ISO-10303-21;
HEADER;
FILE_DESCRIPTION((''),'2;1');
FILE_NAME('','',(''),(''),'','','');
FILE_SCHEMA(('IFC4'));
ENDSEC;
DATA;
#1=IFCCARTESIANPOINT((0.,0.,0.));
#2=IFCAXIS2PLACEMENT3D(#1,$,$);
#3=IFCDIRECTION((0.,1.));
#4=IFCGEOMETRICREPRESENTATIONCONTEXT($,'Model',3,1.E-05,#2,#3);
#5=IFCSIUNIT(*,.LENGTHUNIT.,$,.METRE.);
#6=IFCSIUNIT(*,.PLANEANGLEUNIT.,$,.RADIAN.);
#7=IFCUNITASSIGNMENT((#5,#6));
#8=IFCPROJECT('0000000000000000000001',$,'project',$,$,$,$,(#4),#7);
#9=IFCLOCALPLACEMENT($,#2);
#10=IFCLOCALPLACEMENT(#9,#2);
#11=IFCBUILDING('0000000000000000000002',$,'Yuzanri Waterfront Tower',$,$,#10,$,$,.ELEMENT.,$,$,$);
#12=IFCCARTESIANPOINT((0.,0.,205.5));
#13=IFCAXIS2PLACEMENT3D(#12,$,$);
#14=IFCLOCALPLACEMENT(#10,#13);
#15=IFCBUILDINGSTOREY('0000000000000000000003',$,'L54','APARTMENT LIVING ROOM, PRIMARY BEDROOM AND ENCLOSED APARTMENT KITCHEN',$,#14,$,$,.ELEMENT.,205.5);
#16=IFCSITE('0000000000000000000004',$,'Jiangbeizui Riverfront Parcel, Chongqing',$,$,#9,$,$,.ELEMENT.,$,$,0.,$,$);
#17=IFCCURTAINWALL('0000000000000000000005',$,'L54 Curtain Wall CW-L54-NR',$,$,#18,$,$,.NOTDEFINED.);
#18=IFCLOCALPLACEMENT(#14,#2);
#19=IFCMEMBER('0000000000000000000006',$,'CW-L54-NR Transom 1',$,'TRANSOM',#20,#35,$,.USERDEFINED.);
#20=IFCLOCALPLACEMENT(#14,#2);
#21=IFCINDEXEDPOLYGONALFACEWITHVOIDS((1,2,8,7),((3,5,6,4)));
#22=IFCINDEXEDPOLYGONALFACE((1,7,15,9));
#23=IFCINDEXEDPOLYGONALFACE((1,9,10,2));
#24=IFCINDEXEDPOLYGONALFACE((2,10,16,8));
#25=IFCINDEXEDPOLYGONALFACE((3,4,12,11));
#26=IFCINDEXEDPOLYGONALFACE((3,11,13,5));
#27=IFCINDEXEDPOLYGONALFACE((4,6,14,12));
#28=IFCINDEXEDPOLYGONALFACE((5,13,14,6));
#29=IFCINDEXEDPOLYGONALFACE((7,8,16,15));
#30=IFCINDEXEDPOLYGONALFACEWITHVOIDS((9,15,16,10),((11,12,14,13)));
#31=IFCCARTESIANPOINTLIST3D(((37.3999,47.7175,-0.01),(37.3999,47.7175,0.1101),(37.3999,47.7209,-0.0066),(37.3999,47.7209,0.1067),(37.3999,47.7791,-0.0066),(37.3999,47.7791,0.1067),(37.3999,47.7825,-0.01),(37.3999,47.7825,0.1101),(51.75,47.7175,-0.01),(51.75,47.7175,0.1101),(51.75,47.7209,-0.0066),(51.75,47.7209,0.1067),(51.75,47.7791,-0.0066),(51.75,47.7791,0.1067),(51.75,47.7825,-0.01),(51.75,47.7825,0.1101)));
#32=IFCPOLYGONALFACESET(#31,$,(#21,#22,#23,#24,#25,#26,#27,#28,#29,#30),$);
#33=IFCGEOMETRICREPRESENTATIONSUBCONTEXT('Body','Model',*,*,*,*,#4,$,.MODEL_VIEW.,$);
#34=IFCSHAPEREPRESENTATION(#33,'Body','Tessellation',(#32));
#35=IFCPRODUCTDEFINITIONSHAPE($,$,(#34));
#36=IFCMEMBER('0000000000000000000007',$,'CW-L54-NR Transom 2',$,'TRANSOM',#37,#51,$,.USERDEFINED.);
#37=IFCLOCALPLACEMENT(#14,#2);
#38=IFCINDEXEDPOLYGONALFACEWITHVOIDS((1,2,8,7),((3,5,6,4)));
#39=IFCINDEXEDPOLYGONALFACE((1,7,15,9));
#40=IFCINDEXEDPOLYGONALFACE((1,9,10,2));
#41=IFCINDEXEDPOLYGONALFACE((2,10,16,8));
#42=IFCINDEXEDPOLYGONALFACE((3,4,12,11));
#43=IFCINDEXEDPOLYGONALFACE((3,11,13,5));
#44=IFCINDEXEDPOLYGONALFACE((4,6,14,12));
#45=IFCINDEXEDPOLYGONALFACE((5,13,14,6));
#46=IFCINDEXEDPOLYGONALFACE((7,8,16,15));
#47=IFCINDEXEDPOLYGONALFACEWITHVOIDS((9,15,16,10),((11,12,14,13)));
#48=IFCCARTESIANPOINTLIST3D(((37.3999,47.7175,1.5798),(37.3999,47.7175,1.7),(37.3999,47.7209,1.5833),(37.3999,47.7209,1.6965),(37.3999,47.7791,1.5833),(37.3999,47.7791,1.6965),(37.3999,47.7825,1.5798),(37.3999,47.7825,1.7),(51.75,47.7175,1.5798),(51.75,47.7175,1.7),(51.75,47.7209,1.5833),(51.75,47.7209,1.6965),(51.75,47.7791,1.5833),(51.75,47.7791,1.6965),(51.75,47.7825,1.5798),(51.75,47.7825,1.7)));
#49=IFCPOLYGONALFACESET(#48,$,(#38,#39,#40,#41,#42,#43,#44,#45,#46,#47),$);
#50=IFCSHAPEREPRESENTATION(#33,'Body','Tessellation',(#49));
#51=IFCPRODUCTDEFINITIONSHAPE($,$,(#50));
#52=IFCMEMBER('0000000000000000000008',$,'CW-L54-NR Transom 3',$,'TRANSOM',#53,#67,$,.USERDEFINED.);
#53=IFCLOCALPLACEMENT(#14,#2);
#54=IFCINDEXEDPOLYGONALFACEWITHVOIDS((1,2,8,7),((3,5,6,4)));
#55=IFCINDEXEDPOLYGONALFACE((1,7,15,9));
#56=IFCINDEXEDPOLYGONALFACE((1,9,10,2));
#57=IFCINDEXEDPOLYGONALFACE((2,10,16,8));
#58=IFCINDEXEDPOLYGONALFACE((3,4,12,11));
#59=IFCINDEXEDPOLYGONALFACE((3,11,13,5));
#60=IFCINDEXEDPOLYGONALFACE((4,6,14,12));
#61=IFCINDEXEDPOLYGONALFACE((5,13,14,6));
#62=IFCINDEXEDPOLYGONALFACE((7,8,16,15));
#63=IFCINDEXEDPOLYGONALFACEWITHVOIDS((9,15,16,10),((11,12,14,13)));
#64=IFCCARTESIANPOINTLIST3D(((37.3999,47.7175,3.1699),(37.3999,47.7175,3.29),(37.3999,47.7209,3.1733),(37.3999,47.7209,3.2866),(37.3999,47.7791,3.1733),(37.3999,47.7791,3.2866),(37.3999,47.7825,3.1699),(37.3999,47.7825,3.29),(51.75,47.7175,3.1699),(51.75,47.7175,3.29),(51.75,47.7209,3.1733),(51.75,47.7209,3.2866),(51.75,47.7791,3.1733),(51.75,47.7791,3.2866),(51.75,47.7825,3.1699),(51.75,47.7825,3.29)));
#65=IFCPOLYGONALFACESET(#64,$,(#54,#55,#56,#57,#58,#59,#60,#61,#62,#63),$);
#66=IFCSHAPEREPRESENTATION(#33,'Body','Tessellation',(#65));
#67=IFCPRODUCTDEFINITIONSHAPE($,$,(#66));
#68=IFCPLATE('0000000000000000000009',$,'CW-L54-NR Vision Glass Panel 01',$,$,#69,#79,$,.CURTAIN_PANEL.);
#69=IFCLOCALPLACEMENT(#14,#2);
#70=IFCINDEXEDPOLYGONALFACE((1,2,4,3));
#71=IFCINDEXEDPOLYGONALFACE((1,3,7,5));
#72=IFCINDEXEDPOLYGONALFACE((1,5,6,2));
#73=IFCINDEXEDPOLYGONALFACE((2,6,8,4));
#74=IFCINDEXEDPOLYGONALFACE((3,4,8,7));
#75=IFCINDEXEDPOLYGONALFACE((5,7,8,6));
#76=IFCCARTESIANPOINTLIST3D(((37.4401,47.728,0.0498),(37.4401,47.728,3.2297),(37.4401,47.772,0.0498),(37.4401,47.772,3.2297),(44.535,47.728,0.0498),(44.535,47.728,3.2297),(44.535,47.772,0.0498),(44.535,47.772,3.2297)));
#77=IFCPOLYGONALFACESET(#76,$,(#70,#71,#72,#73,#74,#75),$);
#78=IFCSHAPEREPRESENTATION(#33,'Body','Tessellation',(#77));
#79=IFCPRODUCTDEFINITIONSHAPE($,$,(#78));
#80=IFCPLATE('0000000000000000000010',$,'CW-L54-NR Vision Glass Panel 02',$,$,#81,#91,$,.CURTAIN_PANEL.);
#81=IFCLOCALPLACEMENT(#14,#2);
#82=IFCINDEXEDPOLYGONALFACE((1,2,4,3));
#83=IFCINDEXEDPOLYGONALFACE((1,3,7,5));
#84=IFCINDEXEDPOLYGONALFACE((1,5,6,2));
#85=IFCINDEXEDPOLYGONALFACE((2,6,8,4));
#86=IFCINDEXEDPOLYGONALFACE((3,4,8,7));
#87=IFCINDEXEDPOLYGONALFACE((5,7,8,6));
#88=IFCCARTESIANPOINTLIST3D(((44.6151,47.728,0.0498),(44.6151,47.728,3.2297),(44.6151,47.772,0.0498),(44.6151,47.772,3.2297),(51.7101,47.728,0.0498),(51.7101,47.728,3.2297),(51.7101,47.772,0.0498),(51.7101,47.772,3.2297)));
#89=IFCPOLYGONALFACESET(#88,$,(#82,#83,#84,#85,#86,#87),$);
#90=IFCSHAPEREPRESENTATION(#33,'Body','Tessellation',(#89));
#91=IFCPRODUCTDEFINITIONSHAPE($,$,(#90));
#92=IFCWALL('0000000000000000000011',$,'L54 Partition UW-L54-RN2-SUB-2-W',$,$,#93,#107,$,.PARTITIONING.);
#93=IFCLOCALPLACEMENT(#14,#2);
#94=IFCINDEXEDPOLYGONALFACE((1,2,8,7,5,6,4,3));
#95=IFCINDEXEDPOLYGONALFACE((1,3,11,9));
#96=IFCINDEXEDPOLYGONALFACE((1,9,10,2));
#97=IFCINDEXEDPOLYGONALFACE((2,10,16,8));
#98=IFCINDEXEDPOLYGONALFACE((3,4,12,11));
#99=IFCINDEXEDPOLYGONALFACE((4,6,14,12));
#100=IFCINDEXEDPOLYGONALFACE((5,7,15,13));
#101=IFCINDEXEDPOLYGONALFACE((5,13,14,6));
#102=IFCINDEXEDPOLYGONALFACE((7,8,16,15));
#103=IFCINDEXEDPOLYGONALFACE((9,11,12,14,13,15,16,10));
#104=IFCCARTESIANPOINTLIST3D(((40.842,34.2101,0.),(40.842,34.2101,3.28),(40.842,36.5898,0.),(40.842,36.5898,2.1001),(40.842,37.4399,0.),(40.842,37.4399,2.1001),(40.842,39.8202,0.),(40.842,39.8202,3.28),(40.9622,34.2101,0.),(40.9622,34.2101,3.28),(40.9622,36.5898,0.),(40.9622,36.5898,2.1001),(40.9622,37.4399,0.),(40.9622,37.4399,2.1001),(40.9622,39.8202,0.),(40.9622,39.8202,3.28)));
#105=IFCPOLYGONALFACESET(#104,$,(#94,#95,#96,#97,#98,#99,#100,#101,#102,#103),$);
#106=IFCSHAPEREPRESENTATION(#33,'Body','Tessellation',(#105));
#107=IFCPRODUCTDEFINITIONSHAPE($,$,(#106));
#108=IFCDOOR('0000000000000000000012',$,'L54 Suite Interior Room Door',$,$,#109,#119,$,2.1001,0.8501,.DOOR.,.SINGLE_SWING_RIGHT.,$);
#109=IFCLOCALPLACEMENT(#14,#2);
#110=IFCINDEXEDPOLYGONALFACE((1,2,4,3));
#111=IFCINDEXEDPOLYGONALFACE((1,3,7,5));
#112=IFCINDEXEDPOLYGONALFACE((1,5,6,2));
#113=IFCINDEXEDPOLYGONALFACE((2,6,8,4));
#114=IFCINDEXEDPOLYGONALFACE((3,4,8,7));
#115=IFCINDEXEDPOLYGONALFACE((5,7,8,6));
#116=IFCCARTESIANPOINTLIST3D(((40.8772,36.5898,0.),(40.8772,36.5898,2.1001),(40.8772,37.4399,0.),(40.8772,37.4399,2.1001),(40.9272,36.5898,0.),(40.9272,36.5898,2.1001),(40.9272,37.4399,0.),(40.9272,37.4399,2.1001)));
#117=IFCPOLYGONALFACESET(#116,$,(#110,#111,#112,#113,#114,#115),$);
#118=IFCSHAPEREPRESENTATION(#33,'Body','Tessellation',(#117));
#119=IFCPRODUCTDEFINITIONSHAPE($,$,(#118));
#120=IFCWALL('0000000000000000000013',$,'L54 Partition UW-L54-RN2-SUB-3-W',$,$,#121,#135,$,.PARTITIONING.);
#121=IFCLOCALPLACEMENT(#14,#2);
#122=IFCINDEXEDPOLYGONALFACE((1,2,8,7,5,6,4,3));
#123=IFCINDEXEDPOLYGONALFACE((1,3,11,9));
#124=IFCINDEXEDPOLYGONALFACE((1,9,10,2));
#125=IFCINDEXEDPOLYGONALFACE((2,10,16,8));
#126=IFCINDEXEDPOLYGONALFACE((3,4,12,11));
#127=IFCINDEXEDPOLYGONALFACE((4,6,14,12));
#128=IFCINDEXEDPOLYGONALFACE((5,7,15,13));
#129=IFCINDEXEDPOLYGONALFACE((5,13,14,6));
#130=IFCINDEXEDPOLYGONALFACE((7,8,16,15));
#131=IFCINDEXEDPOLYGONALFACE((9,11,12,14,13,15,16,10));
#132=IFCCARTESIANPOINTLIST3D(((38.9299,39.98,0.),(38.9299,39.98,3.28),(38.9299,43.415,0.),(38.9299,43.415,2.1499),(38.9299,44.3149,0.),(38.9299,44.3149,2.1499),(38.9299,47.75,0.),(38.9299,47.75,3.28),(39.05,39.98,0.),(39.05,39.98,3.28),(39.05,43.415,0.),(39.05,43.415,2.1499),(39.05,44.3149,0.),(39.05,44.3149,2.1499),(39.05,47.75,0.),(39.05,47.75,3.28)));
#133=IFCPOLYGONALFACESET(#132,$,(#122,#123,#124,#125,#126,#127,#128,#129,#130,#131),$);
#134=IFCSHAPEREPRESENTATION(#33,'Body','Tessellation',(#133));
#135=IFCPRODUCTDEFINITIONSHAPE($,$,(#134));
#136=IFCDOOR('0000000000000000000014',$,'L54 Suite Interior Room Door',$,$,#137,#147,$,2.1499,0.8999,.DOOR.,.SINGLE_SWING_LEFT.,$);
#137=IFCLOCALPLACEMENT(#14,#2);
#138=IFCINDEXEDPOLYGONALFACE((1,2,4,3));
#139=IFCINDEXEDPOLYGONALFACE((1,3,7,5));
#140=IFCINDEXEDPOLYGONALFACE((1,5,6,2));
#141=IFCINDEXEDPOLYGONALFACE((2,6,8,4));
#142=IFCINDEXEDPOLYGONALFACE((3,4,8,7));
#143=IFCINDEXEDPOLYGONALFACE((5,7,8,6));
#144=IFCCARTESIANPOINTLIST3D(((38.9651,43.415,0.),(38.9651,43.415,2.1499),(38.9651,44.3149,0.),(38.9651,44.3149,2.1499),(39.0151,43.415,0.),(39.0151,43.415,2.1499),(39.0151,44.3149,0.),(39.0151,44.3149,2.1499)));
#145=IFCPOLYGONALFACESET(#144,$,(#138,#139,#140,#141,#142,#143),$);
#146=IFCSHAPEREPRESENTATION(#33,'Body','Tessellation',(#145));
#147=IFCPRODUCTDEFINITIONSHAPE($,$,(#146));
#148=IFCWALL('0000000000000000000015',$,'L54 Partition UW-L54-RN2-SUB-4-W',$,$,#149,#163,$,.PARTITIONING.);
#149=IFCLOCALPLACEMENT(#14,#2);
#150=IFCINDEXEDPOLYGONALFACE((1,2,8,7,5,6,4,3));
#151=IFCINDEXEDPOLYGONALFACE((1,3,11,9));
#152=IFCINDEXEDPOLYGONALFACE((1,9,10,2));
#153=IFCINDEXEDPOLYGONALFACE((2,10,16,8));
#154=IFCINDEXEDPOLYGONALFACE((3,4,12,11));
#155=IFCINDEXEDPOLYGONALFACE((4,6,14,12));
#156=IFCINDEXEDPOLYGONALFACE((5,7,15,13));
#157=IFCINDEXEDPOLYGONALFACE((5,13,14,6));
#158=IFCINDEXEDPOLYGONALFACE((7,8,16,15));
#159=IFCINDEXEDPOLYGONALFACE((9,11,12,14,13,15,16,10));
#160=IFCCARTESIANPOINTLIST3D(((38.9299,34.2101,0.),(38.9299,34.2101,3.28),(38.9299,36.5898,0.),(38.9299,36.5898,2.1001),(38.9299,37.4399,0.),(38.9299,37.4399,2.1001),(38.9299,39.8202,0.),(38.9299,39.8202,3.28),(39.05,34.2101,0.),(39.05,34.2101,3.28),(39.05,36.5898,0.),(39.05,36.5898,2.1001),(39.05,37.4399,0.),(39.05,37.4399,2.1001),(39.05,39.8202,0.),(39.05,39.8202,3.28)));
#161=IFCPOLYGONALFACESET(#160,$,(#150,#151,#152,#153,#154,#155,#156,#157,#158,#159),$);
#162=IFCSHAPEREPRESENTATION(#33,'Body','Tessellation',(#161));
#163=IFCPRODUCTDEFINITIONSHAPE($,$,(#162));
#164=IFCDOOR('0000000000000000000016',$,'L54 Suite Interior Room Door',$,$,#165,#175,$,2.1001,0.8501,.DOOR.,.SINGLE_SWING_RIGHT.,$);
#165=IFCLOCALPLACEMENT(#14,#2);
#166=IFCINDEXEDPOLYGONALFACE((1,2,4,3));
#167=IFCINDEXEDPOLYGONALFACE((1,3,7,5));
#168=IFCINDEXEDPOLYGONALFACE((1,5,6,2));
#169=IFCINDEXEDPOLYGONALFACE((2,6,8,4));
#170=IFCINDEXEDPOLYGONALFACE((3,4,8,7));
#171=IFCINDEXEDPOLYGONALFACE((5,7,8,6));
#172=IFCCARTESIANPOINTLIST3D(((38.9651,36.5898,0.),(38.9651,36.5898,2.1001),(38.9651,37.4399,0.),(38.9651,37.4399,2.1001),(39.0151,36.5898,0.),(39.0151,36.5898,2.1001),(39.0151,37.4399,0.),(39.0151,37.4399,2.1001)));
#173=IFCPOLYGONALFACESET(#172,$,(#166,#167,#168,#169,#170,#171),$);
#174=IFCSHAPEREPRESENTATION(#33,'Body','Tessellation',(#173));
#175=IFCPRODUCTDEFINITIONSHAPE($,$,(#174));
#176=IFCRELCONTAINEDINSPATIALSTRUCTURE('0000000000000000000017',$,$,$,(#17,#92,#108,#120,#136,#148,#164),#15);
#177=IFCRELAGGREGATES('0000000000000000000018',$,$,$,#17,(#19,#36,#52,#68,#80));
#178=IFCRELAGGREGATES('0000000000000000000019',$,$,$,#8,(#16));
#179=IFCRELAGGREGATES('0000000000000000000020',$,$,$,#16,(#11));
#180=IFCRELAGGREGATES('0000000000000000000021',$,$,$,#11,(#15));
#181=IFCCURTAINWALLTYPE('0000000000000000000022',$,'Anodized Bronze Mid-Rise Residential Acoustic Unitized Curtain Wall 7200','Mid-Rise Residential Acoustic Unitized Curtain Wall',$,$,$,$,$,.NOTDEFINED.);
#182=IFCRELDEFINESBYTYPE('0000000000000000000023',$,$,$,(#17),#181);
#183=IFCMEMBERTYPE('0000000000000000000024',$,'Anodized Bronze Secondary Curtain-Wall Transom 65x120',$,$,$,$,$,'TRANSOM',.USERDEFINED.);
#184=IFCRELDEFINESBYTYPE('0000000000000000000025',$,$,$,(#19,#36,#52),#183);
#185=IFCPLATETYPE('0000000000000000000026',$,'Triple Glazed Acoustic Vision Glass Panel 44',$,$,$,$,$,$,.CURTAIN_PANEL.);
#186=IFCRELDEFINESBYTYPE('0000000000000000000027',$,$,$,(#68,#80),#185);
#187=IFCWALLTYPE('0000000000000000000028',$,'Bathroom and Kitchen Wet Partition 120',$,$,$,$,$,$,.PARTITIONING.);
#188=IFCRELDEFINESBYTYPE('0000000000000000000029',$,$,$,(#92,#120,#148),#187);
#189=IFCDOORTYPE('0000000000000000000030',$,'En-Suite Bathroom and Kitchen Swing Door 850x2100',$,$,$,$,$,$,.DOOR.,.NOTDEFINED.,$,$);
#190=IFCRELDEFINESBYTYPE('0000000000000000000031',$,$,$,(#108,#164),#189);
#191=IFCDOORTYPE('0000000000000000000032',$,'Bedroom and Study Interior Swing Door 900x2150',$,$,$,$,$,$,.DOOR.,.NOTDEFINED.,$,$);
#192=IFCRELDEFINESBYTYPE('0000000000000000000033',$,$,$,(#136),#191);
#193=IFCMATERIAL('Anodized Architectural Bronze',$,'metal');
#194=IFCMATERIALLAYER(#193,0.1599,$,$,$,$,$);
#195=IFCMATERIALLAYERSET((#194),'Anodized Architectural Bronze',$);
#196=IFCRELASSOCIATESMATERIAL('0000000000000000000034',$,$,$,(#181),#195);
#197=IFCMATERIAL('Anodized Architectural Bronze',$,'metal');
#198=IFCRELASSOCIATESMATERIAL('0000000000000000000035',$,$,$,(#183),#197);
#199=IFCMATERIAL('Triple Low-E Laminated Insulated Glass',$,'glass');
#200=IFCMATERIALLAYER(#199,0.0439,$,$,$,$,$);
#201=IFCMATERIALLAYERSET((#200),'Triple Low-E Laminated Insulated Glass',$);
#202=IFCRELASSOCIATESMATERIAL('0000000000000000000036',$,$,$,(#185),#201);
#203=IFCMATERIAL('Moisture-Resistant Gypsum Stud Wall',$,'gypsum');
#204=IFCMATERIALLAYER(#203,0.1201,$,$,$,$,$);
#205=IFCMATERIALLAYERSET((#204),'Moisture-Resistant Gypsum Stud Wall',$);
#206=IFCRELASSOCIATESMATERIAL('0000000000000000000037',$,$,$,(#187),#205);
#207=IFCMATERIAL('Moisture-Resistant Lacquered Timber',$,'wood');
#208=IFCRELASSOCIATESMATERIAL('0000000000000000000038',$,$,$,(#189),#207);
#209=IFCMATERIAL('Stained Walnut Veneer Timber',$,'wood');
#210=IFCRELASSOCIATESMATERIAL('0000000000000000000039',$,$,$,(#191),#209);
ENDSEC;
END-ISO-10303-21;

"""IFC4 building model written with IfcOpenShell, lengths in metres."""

from ifc_helpers import new_model, si_unit, direction, frame, frame_2d, origin, origin_2d, place, context, subcontext, project, spatial, rectangle, hollow_rectangle, extrude, source, transform, mapped, material, layer, layer_set, material_profile, profile_set, type_object, element, fill, aggregate, save


model = new_model("IFC4")

# Units and contexts
model_context = context("Model", 3, precision=1e-05, world=origin(), true_north=direction((0.0, 1.0)))
body_context = subcontext(model_context, "Body", "Model", "MODEL_VIEW")
ifc_project = project(units=[si_unit("LENGTHUNIT", "METRE"), si_unit("PLANEANGLEUNIT", "RADIAN")], contexts=[model_context])

# Site, building, storey
site_placement = place(None, origin())
site = spatial("IfcSite", under=ifc_project, at=site_placement, Name="Jiangbeizui Riverfront Parcel, Chongqing", CompositionType="ELEMENT", RefElevation=0.0)
building_placement = place(site_placement, origin())
building = spatial("IfcBuilding", under=site, at=building_placement, Name="Yuzanri Waterfront Tower", CompositionType="ELEMENT")
storey_placement = place(building_placement, frame((0.0, 0.0, 205.5)))
storey = spatial("IfcBuildingStorey", under=building, at=storey_placement, Name="L54", Description="APARTMENT LIVING ROOM, PRIMARY BEDROOM AND ENCLOSED APARTMENT KITCHEN", CompositionType="ELEMENT", Elevation=205.5)

# Shared definitions
ifc_material_1 = material(Name="Anodized Architectural Bronze", Category="metal")
ifc_layer_1 = layer(ifc_material_1, 0.1599)
ifc_layer_set_1 = layer_set([ifc_layer_1], Name="Anodized Architectural Bronze")
curtain_wall_type = type_object("IfcCurtainWallType", Name="Anodized Bronze Mid-Rise Residential Acoustic Unitized Curtain Wall 7200", Description="Mid-Rise Residential Acoustic Unitized Curtain Wall", PredefinedType="NOTDEFINED", material=ifc_layer_set_1)

# Curtain wall, members, plates
curtain_wall_1_placement = place(storey_placement, origin())
curtain_wall_1 = element("IfcCurtainWall", 1, at=curtain_wall_1_placement, inside=storey, type_object=curtain_wall_type, Name="L54 Curtain Wall CW-L54-NR", PredefinedType="NOTDEFINED")
ifc_material_2 = material(Name="Anodized Architectural Bronze", Category="metal")
ifc_material_profile_1 = material_profile(ifc_material_2, hollow_rectangle(XDim=0.0649, YDim=0.1201, WallThickness=0.0034, at=origin_2d()), Name="CWT 65x120")
ifc_profile_set_1 = profile_set([ifc_material_profile_1], Name="Anodized Architectural Bronze")
member_type_1 = type_object("IfcMemberType", Name="Anodized Bronze Secondary Curtain-Wall Transom 65x120", ElementType="TRANSOM", PredefinedType="USERDEFINED", material=ifc_profile_set_1)
shared_shape_1 = source(origin(), body_context, "Body", "SweptSolid", [
    extrude(hollow_rectangle(XDim=0.0649, YDim=0.1201, WallThickness=0.0034, at=origin_2d()), origin(), (0.0, 0.0, 1.0), 14.3501),
])
member_1_placement = place(storey_placement, frame((37.3999, 47.75, 0.05), z_axis=(1.0, 0.0, 0.0), x_axis=(0.0, 1.0, 0.0)))
member_1 = element("IfcMember", 2, at=member_1_placement, type_object=member_type_1, Name="CW-L54-NR Transom 1", ObjectType="TRANSOM", PredefinedType="USERDEFINED", context=body_context, shape_type="MappedRepresentation", body=[
    mapped(shared_shape_1, transform((0.0, 0.0, 0.0), scale=1.0)),
])
member_2_placement = place(storey_placement, frame((37.3999, 47.75, 1.6399), z_axis=(1.0, 0.0, 0.0), x_axis=(0.0, 1.0, 0.0)))
member_2 = element("IfcMember", 3, at=member_2_placement, type_object=member_type_1, Name="CW-L54-NR Transom 2", ObjectType="TRANSOM", PredefinedType="USERDEFINED", context=body_context, shape_type="MappedRepresentation", body=[
    mapped(shared_shape_1, transform((0.0, 0.0, 0.0), scale=1.0)),
])
member_3_placement = place(storey_placement, frame((37.3999, 47.75, 3.23), z_axis=(1.0, 0.0, 0.0), x_axis=(0.0, 1.0, 0.0)))
member_3 = element("IfcMember", 4, at=member_3_placement, type_object=member_type_1, Name="CW-L54-NR Transom 3", ObjectType="TRANSOM", PredefinedType="USERDEFINED", context=body_context, shape_type="MappedRepresentation", body=[
    mapped(shared_shape_1, transform((0.0, 0.0, 0.0), scale=1.0)),
])
ifc_material_3 = material(Name="Triple Low-E Laminated Insulated Glass", Category="glass")
ifc_layer_2 = layer(ifc_material_3, 0.0439)
ifc_layer_set_2 = layer_set([ifc_layer_2], Name="Triple Low-E Laminated Insulated Glass")
plate_type = type_object("IfcPlateType", Name="Triple Glazed Acoustic Vision Glass Panel 44", PredefinedType="CURTAIN_PANEL", material=ifc_layer_set_2)
shared_shape_2 = source(origin(), body_context, "Body", "SweptSolid", [
    extrude(rectangle(XDim=7.095, YDim=0.0439, at=origin_2d()), origin(), (0.0, 0.0, 1.0), 3.1799),
])
plate_1_placement = place(storey_placement, frame((40.9875, 47.75, 0.0498), z_axis=(0.0, 0.0, 1.0), x_axis=(1.0, 0.0, 0.0)))
plate_1 = element("IfcPlate", 5, at=plate_1_placement, type_object=plate_type, Name="CW-L54-NR Vision Glass Panel 01", PredefinedType="CURTAIN_PANEL", context=body_context, shape_type="MappedRepresentation", body=[
    mapped(shared_shape_2, transform((0.0, 0.0, 0.0), scale=1.0)),
])
plate_2_placement = place(storey_placement, frame((48.1626, 47.75, 0.0498), z_axis=(0.0, 0.0, 1.0), x_axis=(1.0, 0.0, 0.0)))
plate_2 = element("IfcPlate", 6, at=plate_2_placement, type_object=plate_type, Name="CW-L54-NR Vision Glass Panel 02", PredefinedType="CURTAIN_PANEL", context=body_context, shape_type="MappedRepresentation", body=[
    mapped(shared_shape_2, transform((0.0, 0.0, 0.0), scale=1.0)),
])
aggregate(curtain_wall_1, [member_1, member_2, member_3, plate_1, plate_2])

# Walls, openings, doors
ifc_material_4 = material(Name="Moisture-Resistant Gypsum Stud Wall", Category="gypsum")
ifc_layer_3 = layer(ifc_material_4, 0.1201)
ifc_layer_set_3 = layer_set([ifc_layer_3], Name="Moisture-Resistant Gypsum Stud Wall")
wall_type_1 = type_object("IfcWallType", Name="Bathroom and Kitchen Wet Partition 120", PredefinedType="PARTITIONING", material=ifc_layer_set_3)
wall_1_placement = place(storey_placement, frame((40.9021, 34.21, 0.0), z_axis=(0.0, 0.0, 1.0), x_axis=(0.0, 1.0, 0.0)))
wall_1 = element("IfcWall", 7, at=wall_1_placement, inside=storey, type_object=wall_type_1, Name="L54 Partition UW-L54-RN2-SUB-2-W", PredefinedType="PARTITIONING", context=body_context, shape_type="SweptSolid", body=[
    extrude(rectangle(XDim=5.6101, YDim=0.1201, at=frame_2d((2.8052, 0.0))), origin(), (0.0, 0.0, 1.0), 3.28),
])
opening_1_placement = place(wall_1_placement, frame((2.3799, 0.0, 0.0)))
opening_1 = element("IfcOpeningElement", 8, at=opening_1_placement, cuts=wall_1, PredefinedType="OPENING", context=body_context, shape_type="SweptSolid", body=[
    extrude(rectangle(XDim=0.8501, YDim=2.1001, at=frame_2d((0.425, 1.05))), frame((0.0, 0.075, 0.0), z_axis=(0.0, -1.0, 0.0), x_axis=(1.0, 0.0, 0.0)), (0.0, 0.0, 1.0), 0.1499),
])
ifc_material_5 = material(Name="Moisture-Resistant Lacquered Timber", Category="wood")
door_type_1 = type_object("IfcDoorType", Name="En-Suite Bathroom and Kitchen Swing Door 850x2100", OperationType="NOTDEFINED", PredefinedType="DOOR", material=ifc_material_5)
shared_shape_3 = source(origin(), body_context, "Body", "SweptSolid", [
    extrude(rectangle(XDim=0.8501, YDim=2.1001, at=frame_2d((0.425, 1.05))), frame((0.0, 0.0249, 0.0), z_axis=(0.0, -1.0, 0.0), x_axis=(1.0, 0.0, 0.0)), (0.0, 0.0, 1.0), 0.05),
])
door_1_placement = place(opening_1_placement, origin())
door_1 = element("IfcDoor", 9, at=door_1_placement, inside=storey, type_object=door_type_1, Name="L54 Suite Interior Room Door", OperationType="SINGLE_SWING_RIGHT", OverallHeight=2.1001, OverallWidth=0.8501, PredefinedType="DOOR", context=body_context, shape_type="MappedRepresentation", body=[
    mapped(shared_shape_3, transform((0.0, 0.0, 0.0), scale=1.0)),
])
fill(opening_1, door_1)
wall_2_placement = place(storey_placement, frame((38.99, 39.98, 0.0), z_axis=(0.0, 0.0, 1.0), x_axis=(0.0, 1.0, 0.0)))
wall_2 = element("IfcWall", 10, at=wall_2_placement, inside=storey, type_object=wall_type_1, Name="L54 Partition UW-L54-RN2-SUB-3-W", PredefinedType="PARTITIONING", context=body_context, shape_type="SweptSolid", body=[
    extrude(rectangle(XDim=7.77, YDim=0.1201, at=frame_2d((3.885, 0.0))), origin(), (0.0, 0.0, 1.0), 3.28),
])
opening_2_placement = place(wall_2_placement, frame((3.4351, 0.0, 0.0)))
opening_2 = element("IfcOpeningElement", 11, at=opening_2_placement, cuts=wall_2, PredefinedType="OPENING", context=body_context, shape_type="SweptSolid", body=[
    extrude(rectangle(XDim=0.8999, YDim=2.1499, at=frame_2d((0.45, 1.075))), frame((0.0, 0.075, 0.0), z_axis=(0.0, -1.0, 0.0), x_axis=(1.0, 0.0, 0.0)), (0.0, 0.0, 1.0), 0.1499),
])
ifc_material_6 = material(Name="Stained Walnut Veneer Timber", Category="wood")
door_type_2 = type_object("IfcDoorType", Name="Bedroom and Study Interior Swing Door 900x2150", OperationType="NOTDEFINED", PredefinedType="DOOR", material=ifc_material_6)
shared_shape_4 = source(origin(), body_context, "Body", "SweptSolid", [
    extrude(rectangle(XDim=0.8999, YDim=2.1499, at=frame_2d((0.45, 1.075))), frame((0.0, 0.0249, 0.0), z_axis=(0.0, -1.0, 0.0), x_axis=(1.0, 0.0, 0.0)), (0.0, 0.0, 1.0), 0.05),
])
door_2_placement = place(opening_2_placement, origin())
door_2 = element("IfcDoor", 12, at=door_2_placement, inside=storey, type_object=door_type_2, Name="L54 Suite Interior Room Door", OperationType="SINGLE_SWING_LEFT", OverallHeight=2.1499, OverallWidth=0.8999, PredefinedType="DOOR", context=body_context, shape_type="MappedRepresentation", body=[
    mapped(shared_shape_4, transform((0.0, 0.0, 0.0), scale=1.0)),
])
fill(opening_2, door_2)
wall_3_placement = place(storey_placement, frame((38.99, 34.21, 0.0), z_axis=(0.0, 0.0, 1.0), x_axis=(0.0, 1.0, 0.0)))
wall_3 = element("IfcWall", 13, at=wall_3_placement, inside=storey, type_object=wall_type_1, Name="L54 Partition UW-L54-RN2-SUB-4-W", PredefinedType="PARTITIONING", context=body_context, shape_type="SweptSolid", body=[
    extrude(rectangle(XDim=5.6101, YDim=0.1201, at=frame_2d((2.8052, 0.0))), origin(), (0.0, 0.0, 1.0), 3.28),
])
opening_3_placement = place(wall_3_placement, frame((2.3799, 0.0, 0.0)))
opening_3 = element("IfcOpeningElement", 14, at=opening_3_placement, cuts=wall_3, PredefinedType="OPENING", context=body_context, shape_type="SweptSolid", body=[
    extrude(rectangle(XDim=0.8501, YDim=2.1001, at=frame_2d((0.425, 1.05))), frame((0.0, 0.075, 0.0), z_axis=(0.0, -1.0, 0.0), x_axis=(1.0, 0.0, 0.0)), (0.0, 0.0, 1.0), 0.1499),
])
door_3_placement = place(opening_3_placement, origin())
door_3 = element("IfcDoor", 15, at=door_3_placement, inside=storey, type_object=door_type_1, Name="L54 Suite Interior Room Door", OperationType="SINGLE_SWING_RIGHT", OverallHeight=2.1001, OverallWidth=0.8501, PredefinedType="DOOR", context=body_context, shape_type="MappedRepresentation", body=[
    mapped(shared_shape_3, transform((0.0, 0.0, 0.0), scale=1.0)),
])
fill(opening_3, door_3)

save(model, "model.ifc")
